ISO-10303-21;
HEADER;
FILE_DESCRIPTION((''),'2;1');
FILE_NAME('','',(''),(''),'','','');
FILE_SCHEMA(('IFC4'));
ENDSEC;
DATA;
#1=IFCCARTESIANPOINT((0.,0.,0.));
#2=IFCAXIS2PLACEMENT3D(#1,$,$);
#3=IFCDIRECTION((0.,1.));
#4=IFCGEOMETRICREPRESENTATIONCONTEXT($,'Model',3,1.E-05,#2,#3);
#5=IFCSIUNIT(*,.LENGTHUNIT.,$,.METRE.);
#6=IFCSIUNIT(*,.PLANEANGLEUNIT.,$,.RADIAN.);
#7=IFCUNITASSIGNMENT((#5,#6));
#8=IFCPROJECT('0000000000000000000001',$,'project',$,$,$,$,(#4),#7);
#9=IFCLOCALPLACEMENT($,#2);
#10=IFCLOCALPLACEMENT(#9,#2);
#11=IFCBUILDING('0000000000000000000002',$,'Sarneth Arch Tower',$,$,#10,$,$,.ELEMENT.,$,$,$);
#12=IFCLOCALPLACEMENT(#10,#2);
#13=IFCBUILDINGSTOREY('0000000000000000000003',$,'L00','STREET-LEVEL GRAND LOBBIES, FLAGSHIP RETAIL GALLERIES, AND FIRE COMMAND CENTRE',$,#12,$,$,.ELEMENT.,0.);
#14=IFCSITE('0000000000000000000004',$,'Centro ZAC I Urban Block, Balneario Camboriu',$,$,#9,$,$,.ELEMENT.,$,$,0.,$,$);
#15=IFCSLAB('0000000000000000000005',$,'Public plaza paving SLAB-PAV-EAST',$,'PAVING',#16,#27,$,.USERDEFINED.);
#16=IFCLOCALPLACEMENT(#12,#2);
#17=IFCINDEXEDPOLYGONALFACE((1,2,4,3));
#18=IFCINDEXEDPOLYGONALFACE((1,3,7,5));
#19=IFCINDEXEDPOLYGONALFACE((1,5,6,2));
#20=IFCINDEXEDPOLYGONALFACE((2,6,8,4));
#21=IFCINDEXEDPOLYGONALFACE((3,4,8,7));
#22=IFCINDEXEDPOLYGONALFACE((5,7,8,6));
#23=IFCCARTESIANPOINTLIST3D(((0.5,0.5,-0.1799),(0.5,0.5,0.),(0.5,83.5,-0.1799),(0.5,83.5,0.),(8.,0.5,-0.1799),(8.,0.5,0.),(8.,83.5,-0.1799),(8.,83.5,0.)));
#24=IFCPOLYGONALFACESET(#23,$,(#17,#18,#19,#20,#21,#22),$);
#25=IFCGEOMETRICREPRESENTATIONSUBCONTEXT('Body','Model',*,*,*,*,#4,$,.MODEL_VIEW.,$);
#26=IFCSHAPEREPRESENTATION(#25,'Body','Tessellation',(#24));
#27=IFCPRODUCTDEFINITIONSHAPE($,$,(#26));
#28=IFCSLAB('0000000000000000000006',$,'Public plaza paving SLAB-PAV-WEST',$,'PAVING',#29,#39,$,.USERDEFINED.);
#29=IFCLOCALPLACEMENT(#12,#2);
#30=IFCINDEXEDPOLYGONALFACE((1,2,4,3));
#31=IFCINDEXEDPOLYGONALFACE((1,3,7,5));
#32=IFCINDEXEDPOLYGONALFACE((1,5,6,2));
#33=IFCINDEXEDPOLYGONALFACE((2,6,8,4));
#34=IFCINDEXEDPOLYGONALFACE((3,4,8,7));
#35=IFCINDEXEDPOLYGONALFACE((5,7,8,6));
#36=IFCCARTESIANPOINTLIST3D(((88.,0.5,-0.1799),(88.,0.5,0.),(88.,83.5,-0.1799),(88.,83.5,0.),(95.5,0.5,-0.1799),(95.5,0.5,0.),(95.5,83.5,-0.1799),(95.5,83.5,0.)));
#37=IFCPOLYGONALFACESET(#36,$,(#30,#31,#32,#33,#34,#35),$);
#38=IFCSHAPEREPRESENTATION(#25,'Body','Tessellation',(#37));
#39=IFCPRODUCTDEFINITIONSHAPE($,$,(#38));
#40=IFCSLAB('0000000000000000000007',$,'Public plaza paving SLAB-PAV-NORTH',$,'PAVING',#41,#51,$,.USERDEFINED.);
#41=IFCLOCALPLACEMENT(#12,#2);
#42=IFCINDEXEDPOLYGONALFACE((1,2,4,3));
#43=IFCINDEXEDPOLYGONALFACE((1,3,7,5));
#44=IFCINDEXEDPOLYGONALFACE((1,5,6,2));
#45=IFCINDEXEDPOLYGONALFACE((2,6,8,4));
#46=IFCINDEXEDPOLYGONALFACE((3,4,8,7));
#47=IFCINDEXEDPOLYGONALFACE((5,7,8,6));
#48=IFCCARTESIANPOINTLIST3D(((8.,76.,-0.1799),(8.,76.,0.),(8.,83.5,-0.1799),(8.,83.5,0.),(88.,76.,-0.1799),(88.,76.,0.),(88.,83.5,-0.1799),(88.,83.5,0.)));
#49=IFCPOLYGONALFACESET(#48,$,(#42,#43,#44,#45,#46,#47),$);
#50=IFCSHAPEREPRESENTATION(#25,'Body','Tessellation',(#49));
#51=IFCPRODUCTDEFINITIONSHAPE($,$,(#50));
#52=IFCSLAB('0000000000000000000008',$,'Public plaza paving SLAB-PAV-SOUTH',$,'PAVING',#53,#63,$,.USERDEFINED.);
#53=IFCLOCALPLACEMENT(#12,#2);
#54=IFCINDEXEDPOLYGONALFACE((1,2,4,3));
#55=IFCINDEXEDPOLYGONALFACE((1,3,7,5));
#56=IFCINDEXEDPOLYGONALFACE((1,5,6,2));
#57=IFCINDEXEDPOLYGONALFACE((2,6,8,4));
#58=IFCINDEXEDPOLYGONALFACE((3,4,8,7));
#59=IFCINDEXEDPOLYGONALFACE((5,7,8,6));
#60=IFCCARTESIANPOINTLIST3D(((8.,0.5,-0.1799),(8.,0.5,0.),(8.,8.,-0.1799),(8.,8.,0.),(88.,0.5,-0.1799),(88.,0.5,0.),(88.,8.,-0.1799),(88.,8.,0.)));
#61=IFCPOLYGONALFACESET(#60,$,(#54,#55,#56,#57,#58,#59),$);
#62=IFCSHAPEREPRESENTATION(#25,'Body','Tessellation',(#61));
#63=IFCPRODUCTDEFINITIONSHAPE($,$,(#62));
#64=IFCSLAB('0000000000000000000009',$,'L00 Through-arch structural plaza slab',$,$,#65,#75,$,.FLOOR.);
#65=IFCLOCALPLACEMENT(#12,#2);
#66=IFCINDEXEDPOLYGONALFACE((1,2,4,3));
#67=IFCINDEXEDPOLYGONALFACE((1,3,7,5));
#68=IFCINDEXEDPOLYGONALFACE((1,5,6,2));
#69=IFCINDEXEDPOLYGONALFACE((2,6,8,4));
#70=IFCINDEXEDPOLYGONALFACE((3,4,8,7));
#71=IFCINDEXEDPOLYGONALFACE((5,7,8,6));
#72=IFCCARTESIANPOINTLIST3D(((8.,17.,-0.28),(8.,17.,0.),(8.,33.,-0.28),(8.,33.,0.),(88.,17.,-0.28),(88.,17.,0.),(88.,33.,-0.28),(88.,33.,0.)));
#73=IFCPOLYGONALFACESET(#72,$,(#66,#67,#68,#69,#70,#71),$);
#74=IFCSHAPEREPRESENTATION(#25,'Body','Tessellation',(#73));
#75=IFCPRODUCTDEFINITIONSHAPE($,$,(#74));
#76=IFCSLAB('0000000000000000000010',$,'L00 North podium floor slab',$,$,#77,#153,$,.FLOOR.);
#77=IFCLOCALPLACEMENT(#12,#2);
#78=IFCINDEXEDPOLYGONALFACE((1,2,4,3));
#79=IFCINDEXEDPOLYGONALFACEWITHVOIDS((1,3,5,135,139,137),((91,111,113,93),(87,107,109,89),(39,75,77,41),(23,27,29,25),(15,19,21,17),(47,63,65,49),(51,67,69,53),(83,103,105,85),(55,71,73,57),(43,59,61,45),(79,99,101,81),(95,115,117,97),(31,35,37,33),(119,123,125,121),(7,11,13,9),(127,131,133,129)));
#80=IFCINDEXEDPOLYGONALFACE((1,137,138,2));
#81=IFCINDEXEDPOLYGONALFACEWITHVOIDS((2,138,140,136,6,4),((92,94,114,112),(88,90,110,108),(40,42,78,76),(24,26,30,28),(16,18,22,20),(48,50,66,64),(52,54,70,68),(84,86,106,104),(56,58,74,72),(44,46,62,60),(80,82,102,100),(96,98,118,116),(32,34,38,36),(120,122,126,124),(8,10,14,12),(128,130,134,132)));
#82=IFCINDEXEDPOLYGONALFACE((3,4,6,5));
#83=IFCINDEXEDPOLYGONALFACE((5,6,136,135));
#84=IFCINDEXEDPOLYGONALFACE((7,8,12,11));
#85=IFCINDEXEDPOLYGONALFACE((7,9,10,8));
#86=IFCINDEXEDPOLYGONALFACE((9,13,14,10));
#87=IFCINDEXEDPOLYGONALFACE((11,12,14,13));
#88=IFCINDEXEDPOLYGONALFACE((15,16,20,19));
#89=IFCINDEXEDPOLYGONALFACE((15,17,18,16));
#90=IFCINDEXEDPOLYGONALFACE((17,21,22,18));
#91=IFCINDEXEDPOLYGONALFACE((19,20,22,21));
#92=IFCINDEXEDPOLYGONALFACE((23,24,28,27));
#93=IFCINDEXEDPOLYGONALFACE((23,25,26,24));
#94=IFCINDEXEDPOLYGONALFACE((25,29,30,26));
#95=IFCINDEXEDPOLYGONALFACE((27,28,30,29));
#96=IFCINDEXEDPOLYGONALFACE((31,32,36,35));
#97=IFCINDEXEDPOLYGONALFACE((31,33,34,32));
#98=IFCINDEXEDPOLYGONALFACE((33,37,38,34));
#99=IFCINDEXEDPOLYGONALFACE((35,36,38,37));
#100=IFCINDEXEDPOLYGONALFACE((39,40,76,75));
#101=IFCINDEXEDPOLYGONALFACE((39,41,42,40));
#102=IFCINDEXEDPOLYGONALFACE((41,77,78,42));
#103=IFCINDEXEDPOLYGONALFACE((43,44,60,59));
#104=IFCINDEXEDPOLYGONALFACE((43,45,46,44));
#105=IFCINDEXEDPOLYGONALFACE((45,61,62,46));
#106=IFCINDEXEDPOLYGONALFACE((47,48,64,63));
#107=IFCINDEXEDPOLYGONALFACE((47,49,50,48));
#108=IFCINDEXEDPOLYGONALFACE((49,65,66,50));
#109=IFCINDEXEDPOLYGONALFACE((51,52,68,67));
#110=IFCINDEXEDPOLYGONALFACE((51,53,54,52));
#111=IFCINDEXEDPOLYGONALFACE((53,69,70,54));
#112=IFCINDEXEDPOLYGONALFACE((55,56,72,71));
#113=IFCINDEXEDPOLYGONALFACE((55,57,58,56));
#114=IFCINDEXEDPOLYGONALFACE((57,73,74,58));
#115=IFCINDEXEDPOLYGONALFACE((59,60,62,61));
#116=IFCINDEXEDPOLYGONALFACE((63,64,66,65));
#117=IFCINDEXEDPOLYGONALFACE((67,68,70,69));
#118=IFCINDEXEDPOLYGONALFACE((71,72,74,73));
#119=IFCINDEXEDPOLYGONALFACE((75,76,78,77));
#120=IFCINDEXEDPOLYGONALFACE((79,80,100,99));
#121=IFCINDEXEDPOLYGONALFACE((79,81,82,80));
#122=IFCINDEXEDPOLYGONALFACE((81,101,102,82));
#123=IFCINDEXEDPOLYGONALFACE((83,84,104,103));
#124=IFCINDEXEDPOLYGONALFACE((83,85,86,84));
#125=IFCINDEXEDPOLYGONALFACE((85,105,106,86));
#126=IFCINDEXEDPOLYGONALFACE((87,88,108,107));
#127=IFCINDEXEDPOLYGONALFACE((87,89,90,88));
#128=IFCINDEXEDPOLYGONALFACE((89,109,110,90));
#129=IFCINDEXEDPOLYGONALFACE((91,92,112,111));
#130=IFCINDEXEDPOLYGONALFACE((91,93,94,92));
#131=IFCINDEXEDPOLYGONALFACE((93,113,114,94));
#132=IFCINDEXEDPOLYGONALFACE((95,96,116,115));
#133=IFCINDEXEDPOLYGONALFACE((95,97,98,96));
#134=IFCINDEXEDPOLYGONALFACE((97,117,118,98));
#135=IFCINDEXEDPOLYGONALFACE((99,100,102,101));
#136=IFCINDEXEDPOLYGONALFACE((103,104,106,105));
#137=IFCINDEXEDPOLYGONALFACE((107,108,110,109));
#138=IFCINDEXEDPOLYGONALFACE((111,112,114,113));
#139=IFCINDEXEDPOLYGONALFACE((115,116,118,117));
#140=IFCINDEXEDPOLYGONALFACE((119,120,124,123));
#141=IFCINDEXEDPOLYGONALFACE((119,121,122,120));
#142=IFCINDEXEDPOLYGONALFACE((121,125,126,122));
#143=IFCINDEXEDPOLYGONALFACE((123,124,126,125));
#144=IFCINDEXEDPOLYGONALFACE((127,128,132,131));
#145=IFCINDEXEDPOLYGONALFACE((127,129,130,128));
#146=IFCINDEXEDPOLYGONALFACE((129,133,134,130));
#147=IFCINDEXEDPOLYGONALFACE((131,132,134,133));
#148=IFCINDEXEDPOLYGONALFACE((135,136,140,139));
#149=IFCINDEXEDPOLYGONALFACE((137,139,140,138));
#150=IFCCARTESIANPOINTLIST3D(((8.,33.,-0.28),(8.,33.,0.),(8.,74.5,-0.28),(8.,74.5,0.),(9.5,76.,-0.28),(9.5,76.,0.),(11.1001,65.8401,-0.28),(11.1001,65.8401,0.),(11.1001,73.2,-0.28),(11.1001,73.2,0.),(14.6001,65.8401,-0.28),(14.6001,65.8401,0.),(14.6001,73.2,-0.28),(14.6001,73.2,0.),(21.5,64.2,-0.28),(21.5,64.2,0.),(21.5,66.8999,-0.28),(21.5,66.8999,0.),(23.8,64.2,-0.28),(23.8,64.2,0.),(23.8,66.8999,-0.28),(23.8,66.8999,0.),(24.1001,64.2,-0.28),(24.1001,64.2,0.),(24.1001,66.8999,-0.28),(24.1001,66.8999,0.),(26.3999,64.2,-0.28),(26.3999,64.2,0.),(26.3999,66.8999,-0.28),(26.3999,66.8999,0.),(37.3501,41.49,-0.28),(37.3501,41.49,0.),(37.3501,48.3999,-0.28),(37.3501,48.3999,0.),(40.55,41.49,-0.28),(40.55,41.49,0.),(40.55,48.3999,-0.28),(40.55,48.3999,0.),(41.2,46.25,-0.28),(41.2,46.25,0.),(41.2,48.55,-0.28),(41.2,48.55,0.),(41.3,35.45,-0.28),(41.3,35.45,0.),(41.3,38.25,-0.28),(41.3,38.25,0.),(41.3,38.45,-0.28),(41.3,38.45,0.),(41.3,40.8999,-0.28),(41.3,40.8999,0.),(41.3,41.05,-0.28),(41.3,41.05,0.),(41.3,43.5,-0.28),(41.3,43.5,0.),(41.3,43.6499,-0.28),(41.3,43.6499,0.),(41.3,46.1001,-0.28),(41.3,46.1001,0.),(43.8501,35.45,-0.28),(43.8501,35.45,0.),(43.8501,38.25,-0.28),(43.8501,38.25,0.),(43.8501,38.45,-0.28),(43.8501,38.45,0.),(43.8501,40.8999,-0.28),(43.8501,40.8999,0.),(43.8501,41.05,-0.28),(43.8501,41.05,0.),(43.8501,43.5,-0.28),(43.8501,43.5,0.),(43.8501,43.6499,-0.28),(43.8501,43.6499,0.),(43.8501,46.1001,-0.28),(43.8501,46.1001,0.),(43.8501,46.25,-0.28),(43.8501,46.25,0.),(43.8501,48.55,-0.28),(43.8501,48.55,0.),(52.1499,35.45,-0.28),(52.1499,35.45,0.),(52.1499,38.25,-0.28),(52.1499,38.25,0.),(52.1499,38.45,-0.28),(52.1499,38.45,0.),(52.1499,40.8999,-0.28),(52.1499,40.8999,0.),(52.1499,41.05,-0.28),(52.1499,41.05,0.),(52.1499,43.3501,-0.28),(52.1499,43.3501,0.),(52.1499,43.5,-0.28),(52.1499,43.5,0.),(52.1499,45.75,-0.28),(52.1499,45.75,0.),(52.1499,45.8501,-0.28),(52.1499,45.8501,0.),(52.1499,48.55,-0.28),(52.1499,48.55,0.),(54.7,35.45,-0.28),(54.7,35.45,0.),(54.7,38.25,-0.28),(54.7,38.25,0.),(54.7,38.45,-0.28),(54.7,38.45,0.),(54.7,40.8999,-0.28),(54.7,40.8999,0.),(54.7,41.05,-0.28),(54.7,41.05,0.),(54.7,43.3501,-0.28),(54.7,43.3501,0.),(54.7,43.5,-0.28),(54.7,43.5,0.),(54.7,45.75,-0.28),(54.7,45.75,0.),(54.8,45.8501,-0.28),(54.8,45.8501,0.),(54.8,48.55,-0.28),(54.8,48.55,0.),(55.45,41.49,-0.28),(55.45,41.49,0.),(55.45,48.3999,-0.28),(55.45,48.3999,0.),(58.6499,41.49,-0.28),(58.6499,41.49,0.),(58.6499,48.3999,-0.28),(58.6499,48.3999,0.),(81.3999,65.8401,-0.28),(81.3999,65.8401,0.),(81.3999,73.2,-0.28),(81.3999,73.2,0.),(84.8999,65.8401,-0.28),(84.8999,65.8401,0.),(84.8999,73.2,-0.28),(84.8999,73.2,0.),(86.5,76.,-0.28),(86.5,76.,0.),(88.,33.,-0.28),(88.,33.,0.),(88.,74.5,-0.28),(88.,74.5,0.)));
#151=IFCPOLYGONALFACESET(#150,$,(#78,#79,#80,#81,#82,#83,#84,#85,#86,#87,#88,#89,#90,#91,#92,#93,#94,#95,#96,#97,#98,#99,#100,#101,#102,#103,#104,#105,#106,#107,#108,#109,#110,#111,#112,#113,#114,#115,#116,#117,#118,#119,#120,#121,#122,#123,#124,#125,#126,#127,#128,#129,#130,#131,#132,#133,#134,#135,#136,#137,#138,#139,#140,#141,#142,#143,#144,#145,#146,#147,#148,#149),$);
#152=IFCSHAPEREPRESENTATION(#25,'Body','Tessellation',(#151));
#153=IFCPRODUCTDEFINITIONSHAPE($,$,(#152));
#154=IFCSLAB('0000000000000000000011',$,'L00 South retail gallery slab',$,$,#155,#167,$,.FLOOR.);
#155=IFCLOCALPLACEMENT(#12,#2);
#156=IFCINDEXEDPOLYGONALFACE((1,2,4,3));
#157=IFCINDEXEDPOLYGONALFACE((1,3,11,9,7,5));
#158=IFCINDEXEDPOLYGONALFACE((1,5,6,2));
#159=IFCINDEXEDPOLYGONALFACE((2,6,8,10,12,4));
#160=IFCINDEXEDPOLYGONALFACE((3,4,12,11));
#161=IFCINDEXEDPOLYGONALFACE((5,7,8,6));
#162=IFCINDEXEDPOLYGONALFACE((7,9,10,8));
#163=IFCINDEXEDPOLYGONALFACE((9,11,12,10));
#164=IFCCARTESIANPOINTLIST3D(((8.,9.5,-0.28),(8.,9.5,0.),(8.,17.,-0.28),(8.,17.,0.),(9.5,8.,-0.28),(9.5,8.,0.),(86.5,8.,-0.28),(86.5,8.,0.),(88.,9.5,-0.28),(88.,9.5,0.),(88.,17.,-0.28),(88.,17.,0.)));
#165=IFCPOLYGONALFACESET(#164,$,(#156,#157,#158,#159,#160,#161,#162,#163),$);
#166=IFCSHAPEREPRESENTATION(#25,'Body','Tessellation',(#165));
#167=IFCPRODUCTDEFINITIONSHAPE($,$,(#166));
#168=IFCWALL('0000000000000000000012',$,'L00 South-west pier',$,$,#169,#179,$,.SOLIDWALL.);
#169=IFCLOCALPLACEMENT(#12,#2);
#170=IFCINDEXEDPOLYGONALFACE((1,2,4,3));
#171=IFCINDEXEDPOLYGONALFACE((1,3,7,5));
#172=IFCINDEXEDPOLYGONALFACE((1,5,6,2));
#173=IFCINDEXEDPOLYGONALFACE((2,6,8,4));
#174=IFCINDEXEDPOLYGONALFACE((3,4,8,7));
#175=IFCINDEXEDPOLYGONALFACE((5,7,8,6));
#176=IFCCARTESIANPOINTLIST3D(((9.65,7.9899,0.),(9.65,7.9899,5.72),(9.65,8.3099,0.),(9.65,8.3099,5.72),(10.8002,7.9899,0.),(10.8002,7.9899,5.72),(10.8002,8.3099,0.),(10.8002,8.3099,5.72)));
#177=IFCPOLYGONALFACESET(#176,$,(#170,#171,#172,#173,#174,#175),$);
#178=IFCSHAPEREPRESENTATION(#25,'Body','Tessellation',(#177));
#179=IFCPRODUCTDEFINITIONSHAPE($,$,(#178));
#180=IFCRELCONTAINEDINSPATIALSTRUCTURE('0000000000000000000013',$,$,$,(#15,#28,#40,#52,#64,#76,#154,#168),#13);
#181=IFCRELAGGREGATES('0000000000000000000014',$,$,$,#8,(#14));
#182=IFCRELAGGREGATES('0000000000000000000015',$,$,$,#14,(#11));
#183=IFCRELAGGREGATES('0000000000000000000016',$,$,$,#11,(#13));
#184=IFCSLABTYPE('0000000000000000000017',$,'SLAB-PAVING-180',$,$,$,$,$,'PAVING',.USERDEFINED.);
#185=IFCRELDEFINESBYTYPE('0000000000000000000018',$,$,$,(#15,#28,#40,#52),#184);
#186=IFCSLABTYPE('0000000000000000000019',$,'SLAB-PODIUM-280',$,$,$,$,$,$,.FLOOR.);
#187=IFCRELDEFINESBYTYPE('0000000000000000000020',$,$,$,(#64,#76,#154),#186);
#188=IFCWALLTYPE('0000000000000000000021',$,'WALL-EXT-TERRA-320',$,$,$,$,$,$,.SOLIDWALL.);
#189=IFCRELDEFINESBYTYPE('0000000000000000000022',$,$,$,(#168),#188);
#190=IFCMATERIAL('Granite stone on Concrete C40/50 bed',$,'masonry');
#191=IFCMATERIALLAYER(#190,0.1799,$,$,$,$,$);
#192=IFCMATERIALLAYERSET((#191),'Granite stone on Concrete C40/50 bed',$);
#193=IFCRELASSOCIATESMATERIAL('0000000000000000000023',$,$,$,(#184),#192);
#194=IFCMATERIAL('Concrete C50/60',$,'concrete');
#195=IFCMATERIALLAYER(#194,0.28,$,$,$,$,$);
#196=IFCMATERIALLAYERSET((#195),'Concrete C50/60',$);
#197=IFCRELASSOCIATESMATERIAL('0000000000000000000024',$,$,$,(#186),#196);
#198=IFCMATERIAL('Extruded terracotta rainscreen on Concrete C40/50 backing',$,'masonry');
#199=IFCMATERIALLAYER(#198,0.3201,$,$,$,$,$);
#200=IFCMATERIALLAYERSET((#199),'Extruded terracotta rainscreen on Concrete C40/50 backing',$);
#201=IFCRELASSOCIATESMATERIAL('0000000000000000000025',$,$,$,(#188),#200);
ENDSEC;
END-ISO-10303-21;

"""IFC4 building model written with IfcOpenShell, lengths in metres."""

from ifc_helpers import new_model, si_unit, direction, frame, frame_2d, origin, place, context, subcontext, project, spatial, polyline, rectangle, outline, extrude, material, layer, layer_set, type_object, element, save


model = new_model("IFC4")

# Units and contexts
model_context = context("Model", 3, precision=1e-05, world=origin(), true_north=direction((0.0, 1.0)))
body_context = subcontext(model_context, "Body", "Model", "MODEL_VIEW")
ifc_project = project(units=[si_unit("LENGTHUNIT", "METRE"), si_unit("PLANEANGLEUNIT", "RADIAN")], contexts=[model_context])

# Site, building, storey
site_placement = place(None, origin())
site = spatial("IfcSite", under=ifc_project, at=site_placement, Name="Centro ZAC I Urban Block, Balneario Camboriu", CompositionType="ELEMENT", RefElevation=0.0)
building_placement = place(site_placement, origin())
building = spatial("IfcBuilding", under=site, at=building_placement, Name="Sarneth Arch Tower", CompositionType="ELEMENT")
storey_placement = place(building_placement, origin())
storey = spatial("IfcBuildingStorey", under=building, at=storey_placement, Name="L00", Description="STREET-LEVEL GRAND LOBBIES, FLAGSHIP RETAIL GALLERIES, AND FIRE COMMAND CENTRE", CompositionType="ELEMENT", Elevation=0.0)

# Slabs
ifc_material_1 = material(Name="Granite stone on Concrete C40/50 bed", Category="masonry")
ifc_layer_1 = layer(ifc_material_1, 0.1799)
ifc_layer_set_1 = layer_set([ifc_layer_1], Name="Granite stone on Concrete C40/50 bed")
slab_type_1 = type_object("IfcSlabType", Name="SLAB-PAVING-180", ElementType="PAVING", PredefinedType="USERDEFINED", material=ifc_layer_set_1)
slab_1_placement = place(storey_placement, frame((0.0, 0.0, -0.1799)))
element("IfcSlab", 1, at=slab_1_placement, inside=storey, type_object=slab_type_1, Name="Public plaza paving SLAB-PAV-EAST", ObjectType="PAVING", PredefinedType="USERDEFINED", context=body_context, shape_type="SweptSolid", body=[
    extrude(outline(polyline([(0.5, 0.5), (8.0, 0.5), (8.0, 83.5), (0.5, 83.5), (0.5, 0.5)])), origin(), (0.0, 0.0, 1.0), 0.1799),
])
slab_2_placement = place(storey_placement, frame((0.0, 0.0, -0.1799)))
element("IfcSlab", 2, at=slab_2_placement, inside=storey, type_object=slab_type_1, Name="Public plaza paving SLAB-PAV-WEST", ObjectType="PAVING", PredefinedType="USERDEFINED", context=body_context, shape_type="SweptSolid", body=[
    extrude(outline(polyline([(88.0, 0.5), (95.5, 0.5), (95.5, 83.5), (88.0, 83.5), (88.0, 0.5)])), origin(), (0.0, 0.0, 1.0), 0.1799),
])
slab_3_placement = place(storey_placement, frame((0.0, 0.0, -0.1799)))
element("IfcSlab", 3, at=slab_3_placement, inside=storey, type_object=slab_type_1, Name="Public plaza paving SLAB-PAV-NORTH", ObjectType="PAVING", PredefinedType="USERDEFINED", context=body_context, shape_type="SweptSolid", body=[
    extrude(outline(polyline([(8.0, 76.0), (88.0, 76.0), (88.0, 83.5), (8.0, 83.5), (8.0, 76.0)])), origin(), (0.0, 0.0, 1.0), 0.1799),
])
slab_4_placement = place(storey_placement, frame((0.0, 0.0, -0.1799)))
element("IfcSlab", 4, at=slab_4_placement, inside=storey, type_object=slab_type_1, Name="Public plaza paving SLAB-PAV-SOUTH", ObjectType="PAVING", PredefinedType="USERDEFINED", context=body_context, shape_type="SweptSolid", body=[
    extrude(outline(polyline([(8.0, 0.5), (88.0, 0.5), (88.0, 8.0), (8.0, 8.0), (8.0, 0.5)])), origin(), (0.0, 0.0, 1.0), 0.1799),
])
ifc_material_2 = material(Name="Concrete C50/60", Category="concrete")
ifc_layer_2 = layer(ifc_material_2, 0.28)
ifc_layer_set_2 = layer_set([ifc_layer_2], Name="Concrete C50/60")
slab_type_2 = type_object("IfcSlabType", Name="SLAB-PODIUM-280", PredefinedType="FLOOR", material=ifc_layer_set_2)
slab_5_placement = place(storey_placement, frame((0.0, 0.0, -0.28)))
element("IfcSlab", 5, at=slab_5_placement, inside=storey, type_object=slab_type_2, Name="L00 Through-arch structural plaza slab", PredefinedType="FLOOR", context=body_context, shape_type="SweptSolid", body=[
    extrude(outline(polyline([(8.0, 17.0), (88.0, 17.0), (88.0, 33.0), (8.0, 33.0), (8.0, 17.0)])), origin(), (0.0, 0.0, 1.0), 0.28),
])
slab_6_placement = place(storey_placement, frame((0.0, 0.0, -0.28)))
element("IfcSlab", 6, at=slab_6_placement, inside=storey, type_object=slab_type_2, Name="L00 North podium floor slab", PredefinedType="FLOOR", context=body_context, shape_type="SweptSolid", body=[
    extrude(outline(polyline([(8.0, 33.0), (88.0, 33.0), (88.0, 74.5), (86.5, 76.0), (9.5, 76.0), (8.0, 74.5), (8.0, 33.0)]), holes=[polyline([(37.3501, 41.49), (40.55, 41.49), (40.55, 48.3999), (37.3501, 48.3999), (37.3501, 41.49)]), polyline([(55.45, 41.49), (58.6499, 41.49), (58.6499, 48.3999), (55.45, 48.3999), (55.45, 41.49)]), polyline([(11.1001, 65.8401), (14.6001, 65.8401), (14.6001, 73.2), (11.1001, 73.2), (11.1001, 65.8401)]), polyline([(81.3999, 65.8401), (84.8999, 65.8401), (84.8999, 73.2), (81.3999, 73.2), (81.3999, 65.8401)]), polyline([(41.2, 46.25), (43.8501, 46.25), (43.8501, 48.55), (41.2, 48.55), (41.2, 46.25)]), polyline([(41.3, 35.45), (43.8501, 35.45), (43.8501, 38.25), (41.3, 38.25), (41.3, 35.45)]), polyline([(52.1499, 35.45), (54.7, 35.45), (54.7, 38.25), (52.1499, 38.25), (52.1499, 35.45)]), polyline([(52.1499, 45.8501), (54.8, 45.8501), (54.8, 48.55), (52.1499, 48.55), (52.1499, 45.8501)]), polyline([(41.3, 38.45), (43.8501, 38.45), (43.8501, 40.8999), (41.3, 40.8999), (41.3, 38.45)]), polyline([(41.3, 41.05), (43.8501, 41.05), (43.8501, 43.5), (41.3, 43.5), (41.3, 41.05)]), polyline([(41.3, 43.6499), (43.8501, 43.6499), (43.8501, 46.1001), (41.3, 46.1001), (41.3, 43.6499)]), polyline([(52.1499, 38.45), (54.7, 38.45), (54.7, 40.8999), (52.1499, 40.8999), (52.1499, 38.45)]), polyline([(52.1499, 41.05), (54.7, 41.05), (54.7, 43.3501), (52.1499, 43.3501), (52.1499, 41.05)]), polyline([(52.1499, 43.5), (54.7, 43.5), (54.7, 45.75), (52.1499, 45.75), (52.1499, 43.5)]), polyline([(21.5, 64.2), (23.8, 64.2), (23.8, 66.8999), (21.5, 66.8999), (21.5, 64.2)]), polyline([(24.1001, 64.2), (26.3999, 64.2), (26.3999, 66.8999), (24.1001, 66.8999), (24.1001, 64.2)])]), origin(), (0.0, 0.0, 1.0), 0.28),
])
slab_7_placement = place(storey_placement, frame((0.0, 0.0, -0.28)))
element("IfcSlab", 7, at=slab_7_placement, inside=storey, type_object=slab_type_2, Name="L00 South retail gallery slab", PredefinedType="FLOOR", context=body_context, shape_type="SweptSolid", body=[
    extrude(outline(polyline([(9.5, 8.0), (86.5, 8.0), (88.0, 9.5), (88.0, 17.0), (8.0, 17.0), (8.0, 9.5), (9.5, 8.0)])), origin(), (0.0, 0.0, 1.0), 0.28),
])

# Wall
ifc_material_3 = material(Name="Extruded terracotta rainscreen on Concrete C40/50 backing", Category="masonry")
ifc_layer_3 = layer(ifc_material_3, 0.3201)
ifc_layer_set_3 = layer_set([ifc_layer_3], Name="Extruded terracotta rainscreen on Concrete C40/50 backing")
wall_type = type_object("IfcWallType", Name="WALL-EXT-TERRA-320", PredefinedType="SOLIDWALL", material=ifc_layer_set_3)
wall_placement = place(storey_placement, frame((9.6499, 8.1499, 0.0), z_axis=(0.0, 0.0, 1.0), x_axis=(1.0, 0.0, 0.0)))
element("IfcWall", 8, at=wall_placement, inside=storey, type_object=wall_type, Name="L00 South-west pier", PredefinedType="SOLIDWALL", context=body_context, shape_type="SweptSolid", body=[
    extrude(rectangle(XDim=1.1501, YDim=0.3201, at=frame_2d((0.5752, 0.0))), origin(), (0.0, 0.0, 1.0), 5.72),
])

save(model, "model.ifc")
